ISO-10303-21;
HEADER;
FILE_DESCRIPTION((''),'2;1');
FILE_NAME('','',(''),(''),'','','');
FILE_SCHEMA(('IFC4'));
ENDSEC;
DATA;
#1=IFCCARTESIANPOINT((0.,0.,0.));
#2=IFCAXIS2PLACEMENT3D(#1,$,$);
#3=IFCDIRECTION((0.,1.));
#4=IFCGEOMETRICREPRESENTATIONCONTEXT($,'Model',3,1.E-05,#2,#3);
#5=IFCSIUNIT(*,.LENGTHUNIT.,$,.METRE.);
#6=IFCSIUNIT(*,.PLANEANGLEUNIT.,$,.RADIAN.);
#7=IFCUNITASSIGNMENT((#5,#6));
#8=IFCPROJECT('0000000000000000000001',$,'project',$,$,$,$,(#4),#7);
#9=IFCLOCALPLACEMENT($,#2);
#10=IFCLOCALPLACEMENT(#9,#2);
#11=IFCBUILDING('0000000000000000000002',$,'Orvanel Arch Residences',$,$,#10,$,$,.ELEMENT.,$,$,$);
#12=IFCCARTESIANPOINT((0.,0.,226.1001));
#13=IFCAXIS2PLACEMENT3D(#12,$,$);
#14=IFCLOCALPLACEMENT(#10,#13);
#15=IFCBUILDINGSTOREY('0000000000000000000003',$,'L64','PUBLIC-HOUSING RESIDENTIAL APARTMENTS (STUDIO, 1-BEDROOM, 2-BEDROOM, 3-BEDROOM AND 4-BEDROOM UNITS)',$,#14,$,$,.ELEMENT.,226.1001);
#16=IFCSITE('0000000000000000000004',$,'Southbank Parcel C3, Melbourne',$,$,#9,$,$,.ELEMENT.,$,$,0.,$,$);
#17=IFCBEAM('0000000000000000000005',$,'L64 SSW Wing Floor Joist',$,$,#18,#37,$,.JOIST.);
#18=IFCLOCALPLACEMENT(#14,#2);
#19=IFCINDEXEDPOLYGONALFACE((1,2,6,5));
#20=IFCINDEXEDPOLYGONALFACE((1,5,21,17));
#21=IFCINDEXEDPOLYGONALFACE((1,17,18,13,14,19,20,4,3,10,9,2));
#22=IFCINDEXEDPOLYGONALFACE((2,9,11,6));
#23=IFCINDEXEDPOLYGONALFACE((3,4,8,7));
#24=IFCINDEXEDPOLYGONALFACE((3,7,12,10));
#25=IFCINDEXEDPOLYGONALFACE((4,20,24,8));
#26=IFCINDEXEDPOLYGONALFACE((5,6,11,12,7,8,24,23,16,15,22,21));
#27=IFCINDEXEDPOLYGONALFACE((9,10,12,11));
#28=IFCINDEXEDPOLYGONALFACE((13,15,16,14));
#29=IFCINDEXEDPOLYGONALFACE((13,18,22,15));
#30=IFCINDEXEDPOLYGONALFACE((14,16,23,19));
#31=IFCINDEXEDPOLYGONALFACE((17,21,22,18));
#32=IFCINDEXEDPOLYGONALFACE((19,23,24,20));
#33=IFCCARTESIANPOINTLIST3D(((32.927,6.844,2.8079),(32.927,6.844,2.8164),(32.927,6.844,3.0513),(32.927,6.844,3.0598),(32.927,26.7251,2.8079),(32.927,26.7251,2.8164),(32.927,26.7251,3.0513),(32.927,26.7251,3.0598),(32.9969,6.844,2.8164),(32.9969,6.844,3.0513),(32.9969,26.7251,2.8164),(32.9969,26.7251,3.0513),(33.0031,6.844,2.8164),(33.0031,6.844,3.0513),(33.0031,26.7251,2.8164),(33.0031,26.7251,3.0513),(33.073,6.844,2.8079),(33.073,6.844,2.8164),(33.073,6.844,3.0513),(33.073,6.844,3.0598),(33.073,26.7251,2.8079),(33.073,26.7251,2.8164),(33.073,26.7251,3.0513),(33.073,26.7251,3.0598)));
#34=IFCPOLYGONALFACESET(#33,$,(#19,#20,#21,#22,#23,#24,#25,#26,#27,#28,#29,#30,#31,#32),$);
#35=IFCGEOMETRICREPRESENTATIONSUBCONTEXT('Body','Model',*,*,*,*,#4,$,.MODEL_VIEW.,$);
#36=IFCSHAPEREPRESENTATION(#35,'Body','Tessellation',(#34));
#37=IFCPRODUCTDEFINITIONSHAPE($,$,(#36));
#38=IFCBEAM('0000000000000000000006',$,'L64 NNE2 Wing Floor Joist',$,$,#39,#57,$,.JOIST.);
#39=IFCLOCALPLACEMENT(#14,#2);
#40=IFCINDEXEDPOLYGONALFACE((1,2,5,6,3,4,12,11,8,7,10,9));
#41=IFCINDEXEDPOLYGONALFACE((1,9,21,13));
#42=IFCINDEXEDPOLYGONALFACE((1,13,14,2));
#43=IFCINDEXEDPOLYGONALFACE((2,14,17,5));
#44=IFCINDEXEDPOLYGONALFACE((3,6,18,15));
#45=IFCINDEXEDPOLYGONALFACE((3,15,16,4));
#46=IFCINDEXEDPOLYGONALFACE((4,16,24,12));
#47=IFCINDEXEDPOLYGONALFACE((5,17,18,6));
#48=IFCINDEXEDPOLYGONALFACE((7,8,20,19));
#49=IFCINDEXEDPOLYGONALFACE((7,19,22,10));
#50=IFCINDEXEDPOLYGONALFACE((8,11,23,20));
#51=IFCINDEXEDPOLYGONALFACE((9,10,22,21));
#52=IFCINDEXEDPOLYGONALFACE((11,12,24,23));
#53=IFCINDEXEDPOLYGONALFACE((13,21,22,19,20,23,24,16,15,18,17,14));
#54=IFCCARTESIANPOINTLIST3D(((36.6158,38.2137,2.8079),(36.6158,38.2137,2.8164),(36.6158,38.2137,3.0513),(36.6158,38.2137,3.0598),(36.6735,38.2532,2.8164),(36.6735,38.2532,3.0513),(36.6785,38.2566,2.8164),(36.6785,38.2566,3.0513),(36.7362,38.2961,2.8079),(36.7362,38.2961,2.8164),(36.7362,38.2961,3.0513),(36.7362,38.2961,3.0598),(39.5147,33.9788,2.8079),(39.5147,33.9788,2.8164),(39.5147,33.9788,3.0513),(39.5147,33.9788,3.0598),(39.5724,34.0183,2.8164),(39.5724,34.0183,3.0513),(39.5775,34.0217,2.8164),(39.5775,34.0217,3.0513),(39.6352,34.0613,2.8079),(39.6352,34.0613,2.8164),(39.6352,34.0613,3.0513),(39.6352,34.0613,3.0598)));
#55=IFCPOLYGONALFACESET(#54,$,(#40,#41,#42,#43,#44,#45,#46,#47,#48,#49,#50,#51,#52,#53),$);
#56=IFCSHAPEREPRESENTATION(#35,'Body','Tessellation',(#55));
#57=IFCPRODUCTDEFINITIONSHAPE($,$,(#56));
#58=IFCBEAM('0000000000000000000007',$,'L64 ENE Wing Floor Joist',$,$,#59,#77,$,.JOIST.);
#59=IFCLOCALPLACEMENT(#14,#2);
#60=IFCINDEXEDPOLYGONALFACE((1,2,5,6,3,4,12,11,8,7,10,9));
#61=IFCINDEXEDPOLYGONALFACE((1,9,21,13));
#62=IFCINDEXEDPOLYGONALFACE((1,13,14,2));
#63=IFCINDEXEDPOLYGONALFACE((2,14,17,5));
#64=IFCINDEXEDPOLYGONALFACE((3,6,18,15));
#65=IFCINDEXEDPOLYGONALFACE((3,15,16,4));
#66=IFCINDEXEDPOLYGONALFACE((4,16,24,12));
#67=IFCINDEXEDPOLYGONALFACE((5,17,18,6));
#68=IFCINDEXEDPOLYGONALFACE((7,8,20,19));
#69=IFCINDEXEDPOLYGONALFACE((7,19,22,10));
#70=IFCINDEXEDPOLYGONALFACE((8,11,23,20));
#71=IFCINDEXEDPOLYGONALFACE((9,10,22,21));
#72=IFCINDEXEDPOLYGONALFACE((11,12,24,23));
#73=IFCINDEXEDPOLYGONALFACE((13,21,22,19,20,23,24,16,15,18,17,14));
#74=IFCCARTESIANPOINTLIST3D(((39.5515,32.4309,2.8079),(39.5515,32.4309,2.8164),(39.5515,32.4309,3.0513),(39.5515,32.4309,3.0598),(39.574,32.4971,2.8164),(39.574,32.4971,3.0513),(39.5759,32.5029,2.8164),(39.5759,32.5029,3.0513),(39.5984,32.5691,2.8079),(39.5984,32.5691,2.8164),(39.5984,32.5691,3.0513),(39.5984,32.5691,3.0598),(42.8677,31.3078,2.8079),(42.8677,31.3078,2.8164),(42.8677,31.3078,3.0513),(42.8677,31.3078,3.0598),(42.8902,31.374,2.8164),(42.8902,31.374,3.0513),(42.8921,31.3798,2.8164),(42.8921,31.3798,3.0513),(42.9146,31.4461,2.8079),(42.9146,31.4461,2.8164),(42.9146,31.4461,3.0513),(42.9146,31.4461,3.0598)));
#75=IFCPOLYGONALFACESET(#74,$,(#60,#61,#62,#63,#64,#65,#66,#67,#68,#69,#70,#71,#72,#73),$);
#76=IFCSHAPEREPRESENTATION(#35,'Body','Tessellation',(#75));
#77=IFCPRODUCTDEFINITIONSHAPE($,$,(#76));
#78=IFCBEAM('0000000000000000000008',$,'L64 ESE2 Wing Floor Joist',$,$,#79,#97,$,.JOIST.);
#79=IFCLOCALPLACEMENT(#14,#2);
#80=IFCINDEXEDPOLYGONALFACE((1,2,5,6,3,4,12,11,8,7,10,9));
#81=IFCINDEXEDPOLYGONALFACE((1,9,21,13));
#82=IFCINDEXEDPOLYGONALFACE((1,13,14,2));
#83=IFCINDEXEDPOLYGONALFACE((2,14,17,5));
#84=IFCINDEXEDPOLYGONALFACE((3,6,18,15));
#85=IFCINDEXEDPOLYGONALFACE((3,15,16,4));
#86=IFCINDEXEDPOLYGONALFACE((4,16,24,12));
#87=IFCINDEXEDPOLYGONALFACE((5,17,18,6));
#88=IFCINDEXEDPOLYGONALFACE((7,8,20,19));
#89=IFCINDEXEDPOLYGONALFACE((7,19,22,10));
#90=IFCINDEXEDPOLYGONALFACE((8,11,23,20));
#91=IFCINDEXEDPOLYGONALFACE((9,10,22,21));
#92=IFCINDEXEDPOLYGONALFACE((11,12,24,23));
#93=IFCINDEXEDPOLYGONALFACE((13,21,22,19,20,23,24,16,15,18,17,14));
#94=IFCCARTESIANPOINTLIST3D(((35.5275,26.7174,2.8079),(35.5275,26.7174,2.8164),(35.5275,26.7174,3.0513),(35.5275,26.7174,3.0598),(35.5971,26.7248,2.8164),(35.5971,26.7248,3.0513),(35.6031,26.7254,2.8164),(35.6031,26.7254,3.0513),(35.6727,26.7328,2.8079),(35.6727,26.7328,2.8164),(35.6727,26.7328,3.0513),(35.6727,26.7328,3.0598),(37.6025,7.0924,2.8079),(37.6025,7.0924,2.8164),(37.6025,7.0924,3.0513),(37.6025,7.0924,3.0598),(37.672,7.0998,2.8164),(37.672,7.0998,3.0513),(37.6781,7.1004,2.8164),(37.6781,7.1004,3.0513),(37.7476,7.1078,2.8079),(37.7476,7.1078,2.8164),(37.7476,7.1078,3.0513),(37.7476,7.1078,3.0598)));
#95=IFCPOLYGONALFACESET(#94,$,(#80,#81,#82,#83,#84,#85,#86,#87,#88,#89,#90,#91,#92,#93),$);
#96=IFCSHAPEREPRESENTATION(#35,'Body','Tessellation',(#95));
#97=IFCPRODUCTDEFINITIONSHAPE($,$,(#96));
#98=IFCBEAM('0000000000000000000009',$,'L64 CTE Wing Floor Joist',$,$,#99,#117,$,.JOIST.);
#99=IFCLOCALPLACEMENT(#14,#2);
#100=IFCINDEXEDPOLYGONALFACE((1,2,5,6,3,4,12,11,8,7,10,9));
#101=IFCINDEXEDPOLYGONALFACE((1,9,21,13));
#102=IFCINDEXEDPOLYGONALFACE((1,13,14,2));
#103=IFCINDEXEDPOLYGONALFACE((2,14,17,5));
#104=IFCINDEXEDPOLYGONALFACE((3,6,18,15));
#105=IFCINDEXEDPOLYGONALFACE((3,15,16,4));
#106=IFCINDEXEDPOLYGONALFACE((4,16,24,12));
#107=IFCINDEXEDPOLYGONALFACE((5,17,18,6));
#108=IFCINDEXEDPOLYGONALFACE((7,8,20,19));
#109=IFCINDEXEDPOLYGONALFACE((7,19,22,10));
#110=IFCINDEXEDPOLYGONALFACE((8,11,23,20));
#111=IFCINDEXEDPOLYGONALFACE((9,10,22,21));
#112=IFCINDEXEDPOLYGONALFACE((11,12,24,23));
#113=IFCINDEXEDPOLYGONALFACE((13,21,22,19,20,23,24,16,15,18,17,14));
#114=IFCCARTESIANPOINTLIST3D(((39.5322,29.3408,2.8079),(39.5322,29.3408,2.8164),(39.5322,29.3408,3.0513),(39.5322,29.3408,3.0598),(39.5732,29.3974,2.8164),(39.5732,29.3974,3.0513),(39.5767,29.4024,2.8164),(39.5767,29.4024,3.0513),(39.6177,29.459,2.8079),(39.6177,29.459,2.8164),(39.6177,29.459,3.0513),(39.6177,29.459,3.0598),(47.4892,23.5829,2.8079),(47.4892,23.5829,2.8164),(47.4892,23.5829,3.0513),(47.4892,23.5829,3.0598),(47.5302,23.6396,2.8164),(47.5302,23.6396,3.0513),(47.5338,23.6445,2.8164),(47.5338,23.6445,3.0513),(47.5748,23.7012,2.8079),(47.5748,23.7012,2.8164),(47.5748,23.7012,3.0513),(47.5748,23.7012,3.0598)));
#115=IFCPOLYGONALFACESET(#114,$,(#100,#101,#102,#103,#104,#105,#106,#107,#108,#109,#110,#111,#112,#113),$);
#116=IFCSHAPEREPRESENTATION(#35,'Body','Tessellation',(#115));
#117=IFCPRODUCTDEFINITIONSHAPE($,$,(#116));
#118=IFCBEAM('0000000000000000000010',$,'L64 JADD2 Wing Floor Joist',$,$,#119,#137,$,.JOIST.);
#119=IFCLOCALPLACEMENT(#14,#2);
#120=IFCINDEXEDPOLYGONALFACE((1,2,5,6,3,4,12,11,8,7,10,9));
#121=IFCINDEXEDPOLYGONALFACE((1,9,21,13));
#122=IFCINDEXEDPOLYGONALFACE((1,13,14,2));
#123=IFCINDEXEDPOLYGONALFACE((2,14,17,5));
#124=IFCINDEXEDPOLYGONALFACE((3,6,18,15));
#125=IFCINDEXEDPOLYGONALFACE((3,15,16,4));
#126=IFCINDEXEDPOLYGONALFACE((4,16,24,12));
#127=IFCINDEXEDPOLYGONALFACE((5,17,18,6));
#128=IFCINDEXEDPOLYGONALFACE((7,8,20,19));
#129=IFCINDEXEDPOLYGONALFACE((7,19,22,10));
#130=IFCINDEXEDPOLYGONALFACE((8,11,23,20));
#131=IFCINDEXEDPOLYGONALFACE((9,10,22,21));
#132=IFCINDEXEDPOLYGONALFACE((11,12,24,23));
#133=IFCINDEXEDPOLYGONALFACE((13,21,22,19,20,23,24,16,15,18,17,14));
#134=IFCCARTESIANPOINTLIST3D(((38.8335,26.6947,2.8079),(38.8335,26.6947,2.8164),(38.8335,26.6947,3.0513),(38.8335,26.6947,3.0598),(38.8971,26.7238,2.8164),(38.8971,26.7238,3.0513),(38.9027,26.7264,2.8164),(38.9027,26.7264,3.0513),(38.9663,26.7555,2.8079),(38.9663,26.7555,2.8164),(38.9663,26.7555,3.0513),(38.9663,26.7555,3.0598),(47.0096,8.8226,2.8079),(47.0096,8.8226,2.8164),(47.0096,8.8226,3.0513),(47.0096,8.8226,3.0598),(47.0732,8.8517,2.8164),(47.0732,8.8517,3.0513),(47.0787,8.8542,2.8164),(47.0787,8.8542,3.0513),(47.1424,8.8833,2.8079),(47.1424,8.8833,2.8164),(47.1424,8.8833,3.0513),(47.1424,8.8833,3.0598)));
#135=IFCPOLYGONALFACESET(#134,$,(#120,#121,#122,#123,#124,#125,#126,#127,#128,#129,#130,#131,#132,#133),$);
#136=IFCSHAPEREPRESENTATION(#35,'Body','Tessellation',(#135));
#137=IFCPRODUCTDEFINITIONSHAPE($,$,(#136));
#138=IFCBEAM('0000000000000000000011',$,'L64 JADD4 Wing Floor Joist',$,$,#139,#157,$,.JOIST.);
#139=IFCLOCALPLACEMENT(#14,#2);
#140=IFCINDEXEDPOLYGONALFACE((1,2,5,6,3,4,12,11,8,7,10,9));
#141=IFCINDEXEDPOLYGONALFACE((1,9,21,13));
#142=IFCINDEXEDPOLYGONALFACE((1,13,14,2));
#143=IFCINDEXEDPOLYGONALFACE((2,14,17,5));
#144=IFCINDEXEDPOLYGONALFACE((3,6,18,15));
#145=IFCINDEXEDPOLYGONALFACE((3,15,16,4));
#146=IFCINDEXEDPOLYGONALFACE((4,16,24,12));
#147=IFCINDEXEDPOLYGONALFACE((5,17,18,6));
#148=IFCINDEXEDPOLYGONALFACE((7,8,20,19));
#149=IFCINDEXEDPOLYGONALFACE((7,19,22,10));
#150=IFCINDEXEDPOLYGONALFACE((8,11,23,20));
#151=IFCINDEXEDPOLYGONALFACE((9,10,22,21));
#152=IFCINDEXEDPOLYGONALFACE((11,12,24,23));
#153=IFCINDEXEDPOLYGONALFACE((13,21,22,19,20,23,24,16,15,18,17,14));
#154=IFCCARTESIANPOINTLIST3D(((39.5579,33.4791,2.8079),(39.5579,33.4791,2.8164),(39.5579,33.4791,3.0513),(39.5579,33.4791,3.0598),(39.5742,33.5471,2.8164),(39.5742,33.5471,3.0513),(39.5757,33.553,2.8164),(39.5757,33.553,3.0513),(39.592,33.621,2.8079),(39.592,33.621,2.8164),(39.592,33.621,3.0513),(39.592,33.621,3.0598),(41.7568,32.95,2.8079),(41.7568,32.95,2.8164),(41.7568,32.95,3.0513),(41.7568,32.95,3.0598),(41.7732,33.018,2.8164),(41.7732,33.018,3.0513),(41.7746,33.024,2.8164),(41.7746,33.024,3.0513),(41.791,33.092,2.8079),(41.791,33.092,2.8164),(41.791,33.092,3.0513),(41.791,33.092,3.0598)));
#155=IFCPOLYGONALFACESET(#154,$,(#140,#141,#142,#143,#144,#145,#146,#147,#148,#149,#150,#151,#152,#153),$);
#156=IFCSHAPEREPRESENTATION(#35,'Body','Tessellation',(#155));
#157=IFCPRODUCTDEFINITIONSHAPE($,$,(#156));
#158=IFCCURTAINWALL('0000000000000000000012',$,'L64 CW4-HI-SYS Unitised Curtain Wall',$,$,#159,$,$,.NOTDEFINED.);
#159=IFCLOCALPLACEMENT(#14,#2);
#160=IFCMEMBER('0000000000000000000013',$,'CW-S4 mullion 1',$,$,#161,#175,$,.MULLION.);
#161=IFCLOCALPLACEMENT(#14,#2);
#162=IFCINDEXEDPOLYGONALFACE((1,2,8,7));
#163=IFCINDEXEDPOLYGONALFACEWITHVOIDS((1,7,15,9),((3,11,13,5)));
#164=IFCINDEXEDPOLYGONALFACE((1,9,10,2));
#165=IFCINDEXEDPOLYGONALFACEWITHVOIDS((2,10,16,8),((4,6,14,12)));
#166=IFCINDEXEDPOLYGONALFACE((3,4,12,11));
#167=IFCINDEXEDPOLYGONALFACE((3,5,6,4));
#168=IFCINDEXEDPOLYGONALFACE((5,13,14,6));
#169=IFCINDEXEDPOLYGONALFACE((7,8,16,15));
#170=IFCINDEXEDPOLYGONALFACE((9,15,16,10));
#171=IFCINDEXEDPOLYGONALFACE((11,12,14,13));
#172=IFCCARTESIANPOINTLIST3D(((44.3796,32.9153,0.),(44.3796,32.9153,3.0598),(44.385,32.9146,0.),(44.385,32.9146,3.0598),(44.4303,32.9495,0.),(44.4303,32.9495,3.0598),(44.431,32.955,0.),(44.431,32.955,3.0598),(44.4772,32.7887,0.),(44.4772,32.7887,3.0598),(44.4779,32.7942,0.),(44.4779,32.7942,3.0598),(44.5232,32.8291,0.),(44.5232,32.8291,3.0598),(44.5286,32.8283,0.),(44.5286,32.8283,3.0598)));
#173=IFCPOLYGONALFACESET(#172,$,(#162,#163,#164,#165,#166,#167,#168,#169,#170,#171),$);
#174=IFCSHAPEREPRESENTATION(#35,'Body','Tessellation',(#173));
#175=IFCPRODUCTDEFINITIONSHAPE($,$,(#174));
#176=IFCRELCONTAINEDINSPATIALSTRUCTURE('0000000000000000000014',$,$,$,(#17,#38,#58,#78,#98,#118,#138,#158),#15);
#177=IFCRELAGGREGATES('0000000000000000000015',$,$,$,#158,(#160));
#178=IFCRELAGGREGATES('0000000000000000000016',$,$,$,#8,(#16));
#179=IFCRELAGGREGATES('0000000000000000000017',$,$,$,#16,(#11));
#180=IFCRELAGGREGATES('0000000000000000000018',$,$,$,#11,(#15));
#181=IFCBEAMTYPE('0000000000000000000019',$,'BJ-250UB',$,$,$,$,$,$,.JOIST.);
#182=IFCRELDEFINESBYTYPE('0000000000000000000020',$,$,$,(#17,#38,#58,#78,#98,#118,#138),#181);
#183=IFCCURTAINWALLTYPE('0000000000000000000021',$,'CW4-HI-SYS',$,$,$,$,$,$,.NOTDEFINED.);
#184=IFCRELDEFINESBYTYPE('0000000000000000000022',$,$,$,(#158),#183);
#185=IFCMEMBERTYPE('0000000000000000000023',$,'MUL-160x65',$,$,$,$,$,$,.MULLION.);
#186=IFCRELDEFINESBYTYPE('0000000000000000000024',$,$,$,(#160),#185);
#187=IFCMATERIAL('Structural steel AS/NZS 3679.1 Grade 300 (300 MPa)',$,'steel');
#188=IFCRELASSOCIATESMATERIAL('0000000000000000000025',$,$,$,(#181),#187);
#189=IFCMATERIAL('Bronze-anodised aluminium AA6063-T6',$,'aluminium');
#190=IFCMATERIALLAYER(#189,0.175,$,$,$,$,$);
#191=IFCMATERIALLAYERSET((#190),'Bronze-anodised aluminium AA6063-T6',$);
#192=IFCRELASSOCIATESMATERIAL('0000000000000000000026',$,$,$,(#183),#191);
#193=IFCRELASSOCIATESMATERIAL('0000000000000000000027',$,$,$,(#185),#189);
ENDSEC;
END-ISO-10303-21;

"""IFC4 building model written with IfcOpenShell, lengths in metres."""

from ifc_helpers import new_model, si_unit, direction, frame, origin, origin_2d, place, context, subcontext, project, spatial, hollow_rectangle, i_section, extrude, material, layer, layer_set, material_profile, profile_set, type_object, element, aggregate, save


model = new_model("IFC4")

# Units and contexts
model_context = context("Model", 3, precision=1e-05, world=origin(), true_north=direction((0.0, 1.0)))
body_context = subcontext(model_context, "Body", "Model", "MODEL_VIEW")
ifc_project = project(units=[si_unit("LENGTHUNIT", "METRE"), si_unit("PLANEANGLEUNIT", "RADIAN")], contexts=[model_context])

# Site, building, storey
site_placement = place(None, origin())
site = spatial("IfcSite", under=ifc_project, at=site_placement, Name="Southbank Parcel C3, Melbourne", CompositionType="ELEMENT", RefElevation=0.0)
building_placement = place(site_placement, origin())
building = spatial("IfcBuilding", under=site, at=building_placement, Name="Orvanel Arch Residences", CompositionType="ELEMENT")
storey_placement = place(building_placement, frame((0.0, 0.0, 226.1001)))
storey = spatial("IfcBuildingStorey", under=building, at=storey_placement, Name="L64", Description="PUBLIC-HOUSING RESIDENTIAL APARTMENTS (STUDIO, 1-BEDROOM, 2-BEDROOM, 3-BEDROOM AND 4-BEDROOM UNITS)", CompositionType="ELEMENT", Elevation=226.1001)

# Beams
ifc_material_1 = material(Name="Structural steel AS/NZS 3679.1 Grade 300 (300 MPa)", Category="steel")
ifc_material_profile_1 = material_profile(ifc_material_1, i_section(OverallWidth=0.146, OverallDepth=0.252, WebThickness=0.0061, FlangeThickness=0.0085, at=origin_2d()), Name="250UB31.4")
ifc_profile_set_1 = profile_set([ifc_material_profile_1], Name="Structural steel AS/NZS 3679.1 Grade 300 (300 MPa)")
beam_type_1 = type_object("IfcBeamType", Name="BJ-250UB", PredefinedType="JOIST", material=ifc_profile_set_1)
beam_1_placement = place(storey_placement, frame((33.0, 26.7251, 2.9338), z_axis=(0.0, -1.0, 0.0), x_axis=(1.0, 0.0, 0.0)))
element("IfcBeam", 1, at=beam_1_placement, inside=storey, type_object=beam_type_1, Name="L64 SSW Wing Floor Joist", PredefinedType="JOIST", context=body_context, shape_type="SweptSolid", body=[
    extrude(i_section(OverallWidth=0.146, OverallDepth=0.252, WebThickness=0.0061, FlangeThickness=0.0085, at=origin_2d()), origin(), (0.0, 0.0, 1.0), 19.8811),
])
beam_2_placement = place(storey_placement, frame((39.575, 34.02, 2.9338), z_axis=(-0.564868, 0.825181, 0.0), x_axis=(-0.825181, -0.564868, 0.0)))
element("IfcBeam", 2, at=beam_2_placement, inside=storey, type_object=beam_type_1, Name="L64 NNE2 Wing Floor Joist", PredefinedType="JOIST", context=body_context, shape_type="SweptSolid", body=[
    extrude(i_section(OverallWidth=0.146, OverallDepth=0.252, WebThickness=0.0061, FlangeThickness=0.0085, at=origin_2d()), origin(), (0.0, 0.0, 1.0), 5.1321),
])
beam_3_placement = place(storey_placement, frame((39.575, 32.5, 2.9338), z_axis=(0.947159, -0.320764, 0.0), x_axis=(0.320764, 0.947159, 0.0)))
element("IfcBeam", 3, at=beam_3_placement, inside=storey, type_object=beam_type_1, Name="L64 ENE Wing Floor Joist", PredefinedType="JOIST", context=body_context, shape_type="SweptSolid", body=[
    extrude(i_section(OverallWidth=0.146, OverallDepth=0.252, WebThickness=0.0061, FlangeThickness=0.0085, at=origin_2d()), origin(), (0.0, 0.0, 1.0), 3.5012),
])
beam_4_placement = place(storey_placement, frame((35.6001, 26.7251, 2.9338), z_axis=(0.105144, -0.994457, 0.0), x_axis=(0.994457, 0.105144, 0.0)))
element("IfcBeam", 4, at=beam_4_placement, inside=storey, type_object=beam_type_1, Name="L64 ESE2 Wing Floor Joist", PredefinedType="JOIST", context=body_context, shape_type="SweptSolid", body=[
    extrude(i_section(OverallWidth=0.146, OverallDepth=0.252, WebThickness=0.0061, FlangeThickness=0.0085, at=origin_2d()), origin(), (0.0, 0.0, 1.0), 19.7344),
])
beam_5_placement = place(storey_placement, frame((39.575, 29.3999, 2.9338), z_axis=(0.810144, -0.586231, 0.0), x_axis=(0.586231, 0.810144, 0.0)))
element("IfcBeam", 5, at=beam_5_placement, inside=storey, type_object=beam_type_1, Name="L64 CTE Wing Floor Joist", PredefinedType="JOIST", context=body_context, shape_type="SweptSolid", body=[
    extrude(i_section(OverallWidth=0.146, OverallDepth=0.252, WebThickness=0.0061, FlangeThickness=0.0085, at=origin_2d()), origin(), (0.0, 0.0, 1.0), 9.8218),
])
beam_6_placement = place(storey_placement, frame((38.8999, 26.7251, 2.9338), z_axis=(0.41601, -0.90936, 0.0), x_axis=(0.90936, 0.41601, 0.0)))
element("IfcBeam", 6, at=beam_6_placement, inside=storey, type_object=beam_type_1, Name="L64 JADD2 Wing Floor Joist", PredefinedType="JOIST", context=body_context, shape_type="SweptSolid", body=[
    extrude(i_section(OverallWidth=0.146, OverallDepth=0.252, WebThickness=0.0061, FlangeThickness=0.0085, at=origin_2d()), origin(), (0.0, 0.0, 1.0), 19.6536),
])
beam_7_placement = place(storey_placement, frame((39.575, 33.55, 2.9338), z_axis=(0.972257, -0.233916, 0.0), x_axis=(0.233916, 0.972257, 0.0)))
element("IfcBeam", 7, at=beam_7_placement, inside=storey, type_object=beam_type_1, Name="L64 JADD4 Wing Floor Joist", PredefinedType="JOIST", context=body_context, shape_type="SweptSolid", body=[
    extrude(i_section(OverallWidth=0.146, OverallDepth=0.252, WebThickness=0.0061, FlangeThickness=0.0085, at=origin_2d()), origin(), (0.0, 0.0, 1.0), 2.2617),
])

# Curtain wall, member
ifc_material_2 = material(Name="Bronze-anodised aluminium AA6063-T6", Category="aluminium")
ifc_layer_1 = layer(ifc_material_2, 0.175)
ifc_layer_set_1 = layer_set([ifc_layer_1], Name="Bronze-anodised aluminium AA6063-T6")
curtain_wall_type = type_object("IfcCurtainWallType", Name="CW4-HI-SYS", PredefinedType="NOTDEFINED", material=ifc_layer_set_1)
curtain_wall_placement = place(storey_placement, origin())
curtain_wall = element("IfcCurtainWall", 8, at=curtain_wall_placement, inside=storey, type_object=curtain_wall_type, Name="L64 CW4-HI-SYS Unitised Curtain Wall", PredefinedType="NOTDEFINED")
ifc_material_profile_2 = material_profile(ifc_material_2, hollow_rectangle(XDim=0.0649, YDim=0.1599, WallThickness=0.0039, at=origin_2d()), Name="ALU160x65x4")
ifc_profile_set_2 = profile_set([ifc_material_profile_2], Name="Bronze-anodised aluminium AA6063-T6")
member_type_1 = type_object("IfcMemberType", Name="MUL-160x65", PredefinedType="MULLION", material=ifc_profile_set_2)
member_1_placement = place(storey_placement, frame((44.4541, 32.8718, 0.0), z_axis=(0.0, 0.0, 1.0), x_axis=(-0.791846, -0.610721, 0.0)))
member_1 = element("IfcMember", 9, at=member_1_placement, type_object=member_type_1, Name="CW-S4 mullion 1", PredefinedType="MULLION", context=body_context, shape_type="SweptSolid", body=[
    extrude(hollow_rectangle(XDim=0.0649, YDim=0.1599, WallThickness=0.0039, at=origin_2d()), origin(), (0.0, 0.0, 1.0), 3.0598),
])

aggregate(curtain_wall, [member_1])

save(model, "model.ifc")
